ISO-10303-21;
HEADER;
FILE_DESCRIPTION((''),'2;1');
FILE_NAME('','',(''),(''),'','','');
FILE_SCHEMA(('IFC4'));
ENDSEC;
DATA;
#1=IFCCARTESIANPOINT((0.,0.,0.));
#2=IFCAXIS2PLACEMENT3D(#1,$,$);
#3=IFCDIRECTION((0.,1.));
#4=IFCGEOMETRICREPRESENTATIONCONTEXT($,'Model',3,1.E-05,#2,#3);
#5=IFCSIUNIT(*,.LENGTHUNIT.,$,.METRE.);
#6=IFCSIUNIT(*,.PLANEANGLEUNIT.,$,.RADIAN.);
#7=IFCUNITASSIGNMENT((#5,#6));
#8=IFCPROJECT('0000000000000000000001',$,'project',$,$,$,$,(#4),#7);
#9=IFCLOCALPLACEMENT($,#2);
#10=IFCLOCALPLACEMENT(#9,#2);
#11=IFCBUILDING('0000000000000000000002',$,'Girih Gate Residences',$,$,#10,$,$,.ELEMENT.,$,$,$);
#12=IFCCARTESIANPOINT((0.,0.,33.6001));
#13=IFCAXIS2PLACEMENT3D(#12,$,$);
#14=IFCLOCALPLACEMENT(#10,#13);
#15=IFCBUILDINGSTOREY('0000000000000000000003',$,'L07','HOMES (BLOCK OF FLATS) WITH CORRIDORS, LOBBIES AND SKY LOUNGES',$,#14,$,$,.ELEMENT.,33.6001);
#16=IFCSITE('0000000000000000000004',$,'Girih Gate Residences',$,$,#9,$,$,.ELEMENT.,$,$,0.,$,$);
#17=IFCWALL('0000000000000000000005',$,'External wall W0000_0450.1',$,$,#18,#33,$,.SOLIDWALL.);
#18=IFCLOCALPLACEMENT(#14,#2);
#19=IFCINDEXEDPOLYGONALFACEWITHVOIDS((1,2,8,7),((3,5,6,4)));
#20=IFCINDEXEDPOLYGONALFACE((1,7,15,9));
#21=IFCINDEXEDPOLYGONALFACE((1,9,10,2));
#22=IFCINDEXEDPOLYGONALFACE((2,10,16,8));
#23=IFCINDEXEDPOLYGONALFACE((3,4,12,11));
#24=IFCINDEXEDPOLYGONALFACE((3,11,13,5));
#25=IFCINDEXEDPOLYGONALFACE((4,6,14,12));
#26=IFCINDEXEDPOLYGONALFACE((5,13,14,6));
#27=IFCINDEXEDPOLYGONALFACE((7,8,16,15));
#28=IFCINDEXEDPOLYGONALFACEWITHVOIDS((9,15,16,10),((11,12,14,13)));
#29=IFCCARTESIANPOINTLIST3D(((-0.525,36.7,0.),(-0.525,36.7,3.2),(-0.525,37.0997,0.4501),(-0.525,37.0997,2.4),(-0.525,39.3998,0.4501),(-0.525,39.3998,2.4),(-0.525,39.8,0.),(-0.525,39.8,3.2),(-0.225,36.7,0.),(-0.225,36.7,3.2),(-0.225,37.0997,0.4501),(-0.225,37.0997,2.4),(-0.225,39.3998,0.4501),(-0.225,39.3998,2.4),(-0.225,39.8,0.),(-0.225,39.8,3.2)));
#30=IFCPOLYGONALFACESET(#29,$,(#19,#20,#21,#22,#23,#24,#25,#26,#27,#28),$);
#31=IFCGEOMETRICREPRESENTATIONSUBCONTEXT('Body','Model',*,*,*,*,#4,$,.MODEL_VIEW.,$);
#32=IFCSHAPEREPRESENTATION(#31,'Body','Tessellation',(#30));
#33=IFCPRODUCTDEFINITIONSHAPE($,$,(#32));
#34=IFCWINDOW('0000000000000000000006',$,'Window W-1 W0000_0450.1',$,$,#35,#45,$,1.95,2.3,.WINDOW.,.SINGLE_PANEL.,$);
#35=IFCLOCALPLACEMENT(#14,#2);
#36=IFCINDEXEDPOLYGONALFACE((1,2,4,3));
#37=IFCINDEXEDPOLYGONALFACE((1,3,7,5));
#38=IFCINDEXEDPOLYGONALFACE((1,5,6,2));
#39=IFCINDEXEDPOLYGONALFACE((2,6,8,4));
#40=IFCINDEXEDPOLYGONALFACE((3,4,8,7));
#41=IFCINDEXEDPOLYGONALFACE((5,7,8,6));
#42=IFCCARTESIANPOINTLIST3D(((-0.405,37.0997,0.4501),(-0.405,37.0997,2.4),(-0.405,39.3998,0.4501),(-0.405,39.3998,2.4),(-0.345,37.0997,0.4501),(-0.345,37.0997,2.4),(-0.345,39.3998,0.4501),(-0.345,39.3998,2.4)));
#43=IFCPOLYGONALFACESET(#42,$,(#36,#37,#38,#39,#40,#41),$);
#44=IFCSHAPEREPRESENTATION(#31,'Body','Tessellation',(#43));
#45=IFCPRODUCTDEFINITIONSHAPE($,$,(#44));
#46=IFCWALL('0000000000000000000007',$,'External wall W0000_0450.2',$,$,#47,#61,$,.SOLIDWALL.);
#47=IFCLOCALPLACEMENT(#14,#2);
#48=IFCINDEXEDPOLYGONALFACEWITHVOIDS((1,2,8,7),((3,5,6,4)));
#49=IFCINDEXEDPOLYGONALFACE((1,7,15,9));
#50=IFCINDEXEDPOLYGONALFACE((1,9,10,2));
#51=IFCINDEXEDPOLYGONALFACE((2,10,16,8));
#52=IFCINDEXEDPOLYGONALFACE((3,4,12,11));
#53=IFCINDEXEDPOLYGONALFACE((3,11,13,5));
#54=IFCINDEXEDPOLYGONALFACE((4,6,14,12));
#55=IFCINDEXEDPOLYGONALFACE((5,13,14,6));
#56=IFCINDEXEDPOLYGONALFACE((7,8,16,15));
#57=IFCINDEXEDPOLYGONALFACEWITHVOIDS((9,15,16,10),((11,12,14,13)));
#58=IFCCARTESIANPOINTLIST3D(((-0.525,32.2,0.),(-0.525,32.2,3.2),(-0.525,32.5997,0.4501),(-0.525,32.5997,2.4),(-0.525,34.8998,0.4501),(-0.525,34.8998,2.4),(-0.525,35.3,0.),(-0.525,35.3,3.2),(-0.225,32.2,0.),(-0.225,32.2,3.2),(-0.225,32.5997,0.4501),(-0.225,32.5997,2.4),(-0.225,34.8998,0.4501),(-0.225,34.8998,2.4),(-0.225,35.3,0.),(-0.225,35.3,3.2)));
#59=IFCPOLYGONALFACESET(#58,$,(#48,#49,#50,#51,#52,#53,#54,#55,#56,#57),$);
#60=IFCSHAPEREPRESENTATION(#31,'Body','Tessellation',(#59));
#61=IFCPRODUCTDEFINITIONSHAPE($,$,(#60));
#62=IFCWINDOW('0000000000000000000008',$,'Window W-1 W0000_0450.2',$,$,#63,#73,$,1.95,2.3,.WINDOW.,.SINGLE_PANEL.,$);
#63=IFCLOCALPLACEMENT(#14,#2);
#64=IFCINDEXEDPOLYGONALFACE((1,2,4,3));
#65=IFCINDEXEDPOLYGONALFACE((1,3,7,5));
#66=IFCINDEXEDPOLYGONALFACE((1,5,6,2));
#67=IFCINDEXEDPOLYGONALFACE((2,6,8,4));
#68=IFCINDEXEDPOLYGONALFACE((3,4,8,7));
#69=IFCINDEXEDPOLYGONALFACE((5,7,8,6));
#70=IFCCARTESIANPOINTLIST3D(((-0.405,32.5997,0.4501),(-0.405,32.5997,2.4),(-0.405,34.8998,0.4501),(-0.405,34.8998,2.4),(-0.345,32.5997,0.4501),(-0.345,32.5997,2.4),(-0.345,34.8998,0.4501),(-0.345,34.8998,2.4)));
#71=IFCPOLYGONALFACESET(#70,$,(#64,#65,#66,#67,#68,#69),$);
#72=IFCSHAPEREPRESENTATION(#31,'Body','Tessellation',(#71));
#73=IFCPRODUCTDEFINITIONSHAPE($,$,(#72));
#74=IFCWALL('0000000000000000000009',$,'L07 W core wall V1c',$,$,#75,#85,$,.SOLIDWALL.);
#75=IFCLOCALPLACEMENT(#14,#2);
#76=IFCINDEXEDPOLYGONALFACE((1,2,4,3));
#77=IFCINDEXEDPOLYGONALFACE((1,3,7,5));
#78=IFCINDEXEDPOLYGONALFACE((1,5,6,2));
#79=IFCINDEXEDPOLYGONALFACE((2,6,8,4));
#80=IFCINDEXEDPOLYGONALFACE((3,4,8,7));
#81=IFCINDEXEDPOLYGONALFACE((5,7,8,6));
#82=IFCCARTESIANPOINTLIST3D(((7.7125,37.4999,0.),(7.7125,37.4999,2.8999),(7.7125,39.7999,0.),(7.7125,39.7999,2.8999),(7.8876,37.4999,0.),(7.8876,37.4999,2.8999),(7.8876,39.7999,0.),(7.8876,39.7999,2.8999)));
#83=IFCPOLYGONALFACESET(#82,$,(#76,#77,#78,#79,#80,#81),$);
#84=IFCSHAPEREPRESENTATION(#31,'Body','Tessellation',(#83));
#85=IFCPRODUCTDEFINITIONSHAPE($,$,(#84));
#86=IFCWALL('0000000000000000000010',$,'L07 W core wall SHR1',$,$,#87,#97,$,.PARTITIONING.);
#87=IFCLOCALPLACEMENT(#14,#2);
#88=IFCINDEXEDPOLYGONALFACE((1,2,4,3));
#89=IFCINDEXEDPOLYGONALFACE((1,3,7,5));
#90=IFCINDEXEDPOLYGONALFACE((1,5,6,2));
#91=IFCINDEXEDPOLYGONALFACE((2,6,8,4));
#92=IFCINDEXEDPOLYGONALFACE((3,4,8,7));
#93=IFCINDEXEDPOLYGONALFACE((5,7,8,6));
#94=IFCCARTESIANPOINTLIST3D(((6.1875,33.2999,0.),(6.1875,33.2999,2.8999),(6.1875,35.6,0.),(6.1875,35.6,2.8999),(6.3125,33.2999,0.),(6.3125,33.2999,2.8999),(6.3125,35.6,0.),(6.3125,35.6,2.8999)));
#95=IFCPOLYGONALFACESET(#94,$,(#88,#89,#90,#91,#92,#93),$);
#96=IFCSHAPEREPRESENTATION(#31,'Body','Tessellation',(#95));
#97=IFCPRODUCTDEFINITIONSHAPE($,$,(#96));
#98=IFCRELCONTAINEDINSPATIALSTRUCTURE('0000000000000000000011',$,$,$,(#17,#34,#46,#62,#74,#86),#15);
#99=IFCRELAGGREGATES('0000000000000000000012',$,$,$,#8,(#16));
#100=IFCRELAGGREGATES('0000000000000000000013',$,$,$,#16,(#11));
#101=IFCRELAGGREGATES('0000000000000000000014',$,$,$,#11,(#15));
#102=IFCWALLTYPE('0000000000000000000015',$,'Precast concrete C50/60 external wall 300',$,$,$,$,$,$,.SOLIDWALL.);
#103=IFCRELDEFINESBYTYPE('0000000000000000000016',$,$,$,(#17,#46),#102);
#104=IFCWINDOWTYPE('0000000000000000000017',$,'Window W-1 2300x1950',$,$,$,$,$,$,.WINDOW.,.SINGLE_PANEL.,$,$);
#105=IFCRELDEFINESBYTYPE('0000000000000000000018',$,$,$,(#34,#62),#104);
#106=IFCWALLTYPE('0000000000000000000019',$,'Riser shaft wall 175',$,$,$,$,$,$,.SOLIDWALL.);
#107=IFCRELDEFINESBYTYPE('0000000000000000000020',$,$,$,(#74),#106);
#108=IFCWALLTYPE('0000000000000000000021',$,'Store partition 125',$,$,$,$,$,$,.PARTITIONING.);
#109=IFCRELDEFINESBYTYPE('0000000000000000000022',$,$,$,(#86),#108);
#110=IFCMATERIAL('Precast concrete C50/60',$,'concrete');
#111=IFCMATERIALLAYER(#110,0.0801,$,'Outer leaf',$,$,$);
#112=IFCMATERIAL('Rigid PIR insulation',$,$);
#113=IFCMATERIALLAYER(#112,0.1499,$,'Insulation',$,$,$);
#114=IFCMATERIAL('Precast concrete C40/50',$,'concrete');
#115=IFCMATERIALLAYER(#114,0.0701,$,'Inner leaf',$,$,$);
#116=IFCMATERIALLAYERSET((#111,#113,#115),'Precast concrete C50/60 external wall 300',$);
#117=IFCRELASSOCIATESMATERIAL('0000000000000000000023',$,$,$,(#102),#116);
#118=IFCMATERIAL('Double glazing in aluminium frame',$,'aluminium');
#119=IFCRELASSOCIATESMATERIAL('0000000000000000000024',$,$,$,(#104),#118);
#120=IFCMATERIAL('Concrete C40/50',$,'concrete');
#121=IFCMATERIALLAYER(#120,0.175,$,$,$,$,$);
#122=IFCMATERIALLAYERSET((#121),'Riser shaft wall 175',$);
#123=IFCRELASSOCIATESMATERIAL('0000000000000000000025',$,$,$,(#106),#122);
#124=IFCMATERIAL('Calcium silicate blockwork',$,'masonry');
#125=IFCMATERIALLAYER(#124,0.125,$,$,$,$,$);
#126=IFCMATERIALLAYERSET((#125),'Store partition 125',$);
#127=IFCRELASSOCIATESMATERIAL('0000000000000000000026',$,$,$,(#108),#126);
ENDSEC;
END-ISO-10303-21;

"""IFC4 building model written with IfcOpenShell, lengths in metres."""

from ifc_helpers import new_model, si_unit, direction, frame, frame_2d, origin, place, context, subcontext, project, spatial, rectangle, extrude, material, layer, layer_set, type_object, element, fill, save


model = new_model("IFC4")

# Units and contexts
model_context = context("Model", 3, precision=1e-05, world=origin(), true_north=direction((0.0, 1.0)))
body_context = subcontext(model_context, "Body", "Model", "MODEL_VIEW")
ifc_project = project(units=[si_unit("LENGTHUNIT", "METRE"), si_unit("PLANEANGLEUNIT", "RADIAN")], contexts=[model_context])

# Site, building, storey
site_placement = place(None, origin())
site = spatial("IfcSite", under=ifc_project, at=site_placement, Name="Girih Gate Residences", CompositionType="ELEMENT", RefElevation=0.0)
building_placement = place(site_placement, origin())
building = spatial("IfcBuilding", under=site, at=building_placement, Name="Girih Gate Residences", CompositionType="ELEMENT")
storey_placement = place(building_placement, frame((0.0, 0.0, 33.6001)))
storey = spatial("IfcBuildingStorey", under=building, at=storey_placement, Name="L07", Description="HOMES (BLOCK OF FLATS) WITH CORRIDORS, LOBBIES AND SKY LOUNGES", CompositionType="ELEMENT", Elevation=33.6001)

# Shared definitions
ifc_material_1 = material(Name="Concrete C40/50", Category="concrete")

# Walls, openings, windows
ifc_material_2 = material(Name="Precast concrete C50/60", Category="concrete")
ifc_layer_1 = layer(ifc_material_2, 0.0801, Name="Outer leaf")
ifc_material_3 = material(Name="Rigid PIR insulation")
ifc_layer_2 = layer(ifc_material_3, 0.1499, Name="Insulation")
ifc_material_4 = material(Name="Precast concrete C40/50", Category="concrete")
ifc_layer_3 = layer(ifc_material_4, 0.0701, Name="Inner leaf")
ifc_layer_set_1 = layer_set([ifc_layer_1, ifc_layer_2, ifc_layer_3], Name="Precast concrete C50/60 external wall 300")
wall_type_1 = type_object("IfcWallType", Name="Precast concrete C50/60 external wall 300", PredefinedType="SOLIDWALL", material=ifc_layer_set_1)
wall_1_placement = place(storey_placement, frame((-0.375, 36.7, 0.0), z_axis=(0.0, 0.0, 1.0), x_axis=(0.0, 1.0, 0.0)))
wall_1 = element("IfcWall", 1, at=wall_1_placement, inside=storey, type_object=wall_type_1, Name="External wall W0000_0450.1", PredefinedType="SOLIDWALL", context=body_context, shape_type="SweptSolid", body=[
    extrude(rectangle(XDim=3.1001, YDim=0.3, at=frame_2d((1.55, 0.0))), origin(), (0.0, 0.0, 1.0), 3.2),
])
opening_1_placement = place(wall_1_placement, frame((0.3999, 0.0, 0.45)))
opening_1 = element("IfcOpeningElement", 2, at=opening_1_placement, cuts=wall_1, PredefinedType="OPENING", context=body_context, shape_type="SweptSolid", body=[
    extrude(rectangle(XDim=2.3, YDim=1.95, at=frame_2d((1.1499, 0.9751))), frame((0.0, 0.1599, 0.0), z_axis=(0.0, -1.0, 0.0), x_axis=(1.0, 0.0, 0.0)), (0.0, 0.0, 1.0), 0.3201),
])
ifc_material_5 = material(Name="Double glazing in aluminium frame", Category="aluminium")
window_type = type_object("IfcWindowType", Name="Window W-1 2300x1950", PartitioningType="SINGLE_PANEL", PredefinedType="WINDOW", material=ifc_material_5)
window_1_placement = place(opening_1_placement, origin())
window_1 = element("IfcWindow", 3, at=window_1_placement, inside=storey, type_object=window_type, Name="Window W-1 W0000_0450.1", OverallHeight=1.95, OverallWidth=2.3, PartitioningType="SINGLE_PANEL", PredefinedType="WINDOW", context=body_context, shape_type="SweptSolid", body=[
    extrude(rectangle(XDim=2.3, YDim=1.95, at=frame_2d((1.1499, 0.9751))), frame((0.0, 0.03, 0.0), z_axis=(0.0, -1.0, 0.0), x_axis=(1.0, 0.0, 0.0)), (0.0, 0.0, 1.0), 0.0601),
])
fill(opening_1, window_1)
wall_2_placement = place(storey_placement, frame((-0.375, 32.2, 0.0), z_axis=(0.0, 0.0, 1.0), x_axis=(0.0, 1.0, 0.0)))
wall_2 = element("IfcWall", 4, at=wall_2_placement, inside=storey, type_object=wall_type_1, Name="External wall W0000_0450.2", PredefinedType="SOLIDWALL", context=body_context, shape_type="SweptSolid", body=[
    extrude(rectangle(XDim=3.1001, YDim=0.3, at=frame_2d((1.55, 0.0))), origin(), (0.0, 0.0, 1.0), 3.2),
])
opening_2_placement = place(wall_2_placement, frame((0.3999, 0.0, 0.45)))
opening_2 = element("IfcOpeningElement", 5, at=opening_2_placement, cuts=wall_2, PredefinedType="OPENING", context=body_context, shape_type="SweptSolid", body=[
    extrude(rectangle(XDim=2.3, YDim=1.95, at=frame_2d((1.1499, 0.9751))), frame((0.0, 0.1599, 0.0), z_axis=(0.0, -1.0, 0.0), x_axis=(1.0, 0.0, 0.0)), (0.0, 0.0, 1.0), 0.3201),
])
window_2_placement = place(opening_2_placement, origin())
window_2 = element("IfcWindow", 6, at=window_2_placement, inside=storey, type_object=window_type, Name="Window W-1 W0000_0450.2", OverallHeight=1.95, OverallWidth=2.3, PartitioningType="SINGLE_PANEL", PredefinedType="WINDOW", context=body_context, shape_type="SweptSolid", body=[
    extrude(rectangle(XDim=2.3, YDim=1.95, at=frame_2d((1.1499, 0.9751))), frame((0.0, 0.03, 0.0), z_axis=(0.0, -1.0, 0.0), x_axis=(1.0, 0.0, 0.0)), (0.0, 0.0, 1.0), 0.0601),
])
fill(opening_2, window_2)

# Walls
ifc_layer_4 = layer(ifc_material_1, 0.175)
ifc_layer_set_2 = layer_set([ifc_layer_4], Name="Riser shaft wall 175")
wall_type_2 = type_object("IfcWallType", Name="Riser shaft wall 175", PredefinedType="SOLIDWALL", material=ifc_layer_set_2)
wall_3_placement = place(storey_placement, frame((7.8, 37.5, 0.0), z_axis=(0.0, 0.0, 1.0), x_axis=(0.0, 1.0, 0.0)))
element("IfcWall", 7, at=wall_3_placement, inside=storey, type_object=wall_type_2, Name="L07 W core wall V1c", PredefinedType="SOLIDWALL", context=body_context, shape_type="SweptSolid", body=[
    extrude(rectangle(XDim=2.3, YDim=0.175, at=frame_2d((1.1499, 0.0))), origin(), (0.0, 0.0, 1.0), 2.8999),
])
ifc_material_6 = material(Name="Calcium silicate blockwork", Category="masonry")
ifc_layer_5 = layer(ifc_material_6, 0.125)
ifc_layer_set_3 = layer_set([ifc_layer_5], Name="Store partition 125")
wall_type_3 = type_object("IfcWallType", Name="Store partition 125", PredefinedType="PARTITIONING", material=ifc_layer_set_3)
wall_4_placement = place(storey_placement, frame((6.25, 33.3, 0.0), z_axis=(0.0, 0.0, 1.0), x_axis=(0.0, 1.0, 0.0)))
element("IfcWall", 8, at=wall_4_placement, inside=storey, type_object=wall_type_3, Name="L07 W core wall SHR1", PredefinedType="PARTITIONING", context=body_context, shape_type="SweptSolid", body=[
    extrude(rectangle(XDim=2.3, YDim=0.125, at=frame_2d((1.1499, 0.0))), origin(), (0.0, 0.0, 1.0), 2.8999),
])

save(model, "model.ifc")
